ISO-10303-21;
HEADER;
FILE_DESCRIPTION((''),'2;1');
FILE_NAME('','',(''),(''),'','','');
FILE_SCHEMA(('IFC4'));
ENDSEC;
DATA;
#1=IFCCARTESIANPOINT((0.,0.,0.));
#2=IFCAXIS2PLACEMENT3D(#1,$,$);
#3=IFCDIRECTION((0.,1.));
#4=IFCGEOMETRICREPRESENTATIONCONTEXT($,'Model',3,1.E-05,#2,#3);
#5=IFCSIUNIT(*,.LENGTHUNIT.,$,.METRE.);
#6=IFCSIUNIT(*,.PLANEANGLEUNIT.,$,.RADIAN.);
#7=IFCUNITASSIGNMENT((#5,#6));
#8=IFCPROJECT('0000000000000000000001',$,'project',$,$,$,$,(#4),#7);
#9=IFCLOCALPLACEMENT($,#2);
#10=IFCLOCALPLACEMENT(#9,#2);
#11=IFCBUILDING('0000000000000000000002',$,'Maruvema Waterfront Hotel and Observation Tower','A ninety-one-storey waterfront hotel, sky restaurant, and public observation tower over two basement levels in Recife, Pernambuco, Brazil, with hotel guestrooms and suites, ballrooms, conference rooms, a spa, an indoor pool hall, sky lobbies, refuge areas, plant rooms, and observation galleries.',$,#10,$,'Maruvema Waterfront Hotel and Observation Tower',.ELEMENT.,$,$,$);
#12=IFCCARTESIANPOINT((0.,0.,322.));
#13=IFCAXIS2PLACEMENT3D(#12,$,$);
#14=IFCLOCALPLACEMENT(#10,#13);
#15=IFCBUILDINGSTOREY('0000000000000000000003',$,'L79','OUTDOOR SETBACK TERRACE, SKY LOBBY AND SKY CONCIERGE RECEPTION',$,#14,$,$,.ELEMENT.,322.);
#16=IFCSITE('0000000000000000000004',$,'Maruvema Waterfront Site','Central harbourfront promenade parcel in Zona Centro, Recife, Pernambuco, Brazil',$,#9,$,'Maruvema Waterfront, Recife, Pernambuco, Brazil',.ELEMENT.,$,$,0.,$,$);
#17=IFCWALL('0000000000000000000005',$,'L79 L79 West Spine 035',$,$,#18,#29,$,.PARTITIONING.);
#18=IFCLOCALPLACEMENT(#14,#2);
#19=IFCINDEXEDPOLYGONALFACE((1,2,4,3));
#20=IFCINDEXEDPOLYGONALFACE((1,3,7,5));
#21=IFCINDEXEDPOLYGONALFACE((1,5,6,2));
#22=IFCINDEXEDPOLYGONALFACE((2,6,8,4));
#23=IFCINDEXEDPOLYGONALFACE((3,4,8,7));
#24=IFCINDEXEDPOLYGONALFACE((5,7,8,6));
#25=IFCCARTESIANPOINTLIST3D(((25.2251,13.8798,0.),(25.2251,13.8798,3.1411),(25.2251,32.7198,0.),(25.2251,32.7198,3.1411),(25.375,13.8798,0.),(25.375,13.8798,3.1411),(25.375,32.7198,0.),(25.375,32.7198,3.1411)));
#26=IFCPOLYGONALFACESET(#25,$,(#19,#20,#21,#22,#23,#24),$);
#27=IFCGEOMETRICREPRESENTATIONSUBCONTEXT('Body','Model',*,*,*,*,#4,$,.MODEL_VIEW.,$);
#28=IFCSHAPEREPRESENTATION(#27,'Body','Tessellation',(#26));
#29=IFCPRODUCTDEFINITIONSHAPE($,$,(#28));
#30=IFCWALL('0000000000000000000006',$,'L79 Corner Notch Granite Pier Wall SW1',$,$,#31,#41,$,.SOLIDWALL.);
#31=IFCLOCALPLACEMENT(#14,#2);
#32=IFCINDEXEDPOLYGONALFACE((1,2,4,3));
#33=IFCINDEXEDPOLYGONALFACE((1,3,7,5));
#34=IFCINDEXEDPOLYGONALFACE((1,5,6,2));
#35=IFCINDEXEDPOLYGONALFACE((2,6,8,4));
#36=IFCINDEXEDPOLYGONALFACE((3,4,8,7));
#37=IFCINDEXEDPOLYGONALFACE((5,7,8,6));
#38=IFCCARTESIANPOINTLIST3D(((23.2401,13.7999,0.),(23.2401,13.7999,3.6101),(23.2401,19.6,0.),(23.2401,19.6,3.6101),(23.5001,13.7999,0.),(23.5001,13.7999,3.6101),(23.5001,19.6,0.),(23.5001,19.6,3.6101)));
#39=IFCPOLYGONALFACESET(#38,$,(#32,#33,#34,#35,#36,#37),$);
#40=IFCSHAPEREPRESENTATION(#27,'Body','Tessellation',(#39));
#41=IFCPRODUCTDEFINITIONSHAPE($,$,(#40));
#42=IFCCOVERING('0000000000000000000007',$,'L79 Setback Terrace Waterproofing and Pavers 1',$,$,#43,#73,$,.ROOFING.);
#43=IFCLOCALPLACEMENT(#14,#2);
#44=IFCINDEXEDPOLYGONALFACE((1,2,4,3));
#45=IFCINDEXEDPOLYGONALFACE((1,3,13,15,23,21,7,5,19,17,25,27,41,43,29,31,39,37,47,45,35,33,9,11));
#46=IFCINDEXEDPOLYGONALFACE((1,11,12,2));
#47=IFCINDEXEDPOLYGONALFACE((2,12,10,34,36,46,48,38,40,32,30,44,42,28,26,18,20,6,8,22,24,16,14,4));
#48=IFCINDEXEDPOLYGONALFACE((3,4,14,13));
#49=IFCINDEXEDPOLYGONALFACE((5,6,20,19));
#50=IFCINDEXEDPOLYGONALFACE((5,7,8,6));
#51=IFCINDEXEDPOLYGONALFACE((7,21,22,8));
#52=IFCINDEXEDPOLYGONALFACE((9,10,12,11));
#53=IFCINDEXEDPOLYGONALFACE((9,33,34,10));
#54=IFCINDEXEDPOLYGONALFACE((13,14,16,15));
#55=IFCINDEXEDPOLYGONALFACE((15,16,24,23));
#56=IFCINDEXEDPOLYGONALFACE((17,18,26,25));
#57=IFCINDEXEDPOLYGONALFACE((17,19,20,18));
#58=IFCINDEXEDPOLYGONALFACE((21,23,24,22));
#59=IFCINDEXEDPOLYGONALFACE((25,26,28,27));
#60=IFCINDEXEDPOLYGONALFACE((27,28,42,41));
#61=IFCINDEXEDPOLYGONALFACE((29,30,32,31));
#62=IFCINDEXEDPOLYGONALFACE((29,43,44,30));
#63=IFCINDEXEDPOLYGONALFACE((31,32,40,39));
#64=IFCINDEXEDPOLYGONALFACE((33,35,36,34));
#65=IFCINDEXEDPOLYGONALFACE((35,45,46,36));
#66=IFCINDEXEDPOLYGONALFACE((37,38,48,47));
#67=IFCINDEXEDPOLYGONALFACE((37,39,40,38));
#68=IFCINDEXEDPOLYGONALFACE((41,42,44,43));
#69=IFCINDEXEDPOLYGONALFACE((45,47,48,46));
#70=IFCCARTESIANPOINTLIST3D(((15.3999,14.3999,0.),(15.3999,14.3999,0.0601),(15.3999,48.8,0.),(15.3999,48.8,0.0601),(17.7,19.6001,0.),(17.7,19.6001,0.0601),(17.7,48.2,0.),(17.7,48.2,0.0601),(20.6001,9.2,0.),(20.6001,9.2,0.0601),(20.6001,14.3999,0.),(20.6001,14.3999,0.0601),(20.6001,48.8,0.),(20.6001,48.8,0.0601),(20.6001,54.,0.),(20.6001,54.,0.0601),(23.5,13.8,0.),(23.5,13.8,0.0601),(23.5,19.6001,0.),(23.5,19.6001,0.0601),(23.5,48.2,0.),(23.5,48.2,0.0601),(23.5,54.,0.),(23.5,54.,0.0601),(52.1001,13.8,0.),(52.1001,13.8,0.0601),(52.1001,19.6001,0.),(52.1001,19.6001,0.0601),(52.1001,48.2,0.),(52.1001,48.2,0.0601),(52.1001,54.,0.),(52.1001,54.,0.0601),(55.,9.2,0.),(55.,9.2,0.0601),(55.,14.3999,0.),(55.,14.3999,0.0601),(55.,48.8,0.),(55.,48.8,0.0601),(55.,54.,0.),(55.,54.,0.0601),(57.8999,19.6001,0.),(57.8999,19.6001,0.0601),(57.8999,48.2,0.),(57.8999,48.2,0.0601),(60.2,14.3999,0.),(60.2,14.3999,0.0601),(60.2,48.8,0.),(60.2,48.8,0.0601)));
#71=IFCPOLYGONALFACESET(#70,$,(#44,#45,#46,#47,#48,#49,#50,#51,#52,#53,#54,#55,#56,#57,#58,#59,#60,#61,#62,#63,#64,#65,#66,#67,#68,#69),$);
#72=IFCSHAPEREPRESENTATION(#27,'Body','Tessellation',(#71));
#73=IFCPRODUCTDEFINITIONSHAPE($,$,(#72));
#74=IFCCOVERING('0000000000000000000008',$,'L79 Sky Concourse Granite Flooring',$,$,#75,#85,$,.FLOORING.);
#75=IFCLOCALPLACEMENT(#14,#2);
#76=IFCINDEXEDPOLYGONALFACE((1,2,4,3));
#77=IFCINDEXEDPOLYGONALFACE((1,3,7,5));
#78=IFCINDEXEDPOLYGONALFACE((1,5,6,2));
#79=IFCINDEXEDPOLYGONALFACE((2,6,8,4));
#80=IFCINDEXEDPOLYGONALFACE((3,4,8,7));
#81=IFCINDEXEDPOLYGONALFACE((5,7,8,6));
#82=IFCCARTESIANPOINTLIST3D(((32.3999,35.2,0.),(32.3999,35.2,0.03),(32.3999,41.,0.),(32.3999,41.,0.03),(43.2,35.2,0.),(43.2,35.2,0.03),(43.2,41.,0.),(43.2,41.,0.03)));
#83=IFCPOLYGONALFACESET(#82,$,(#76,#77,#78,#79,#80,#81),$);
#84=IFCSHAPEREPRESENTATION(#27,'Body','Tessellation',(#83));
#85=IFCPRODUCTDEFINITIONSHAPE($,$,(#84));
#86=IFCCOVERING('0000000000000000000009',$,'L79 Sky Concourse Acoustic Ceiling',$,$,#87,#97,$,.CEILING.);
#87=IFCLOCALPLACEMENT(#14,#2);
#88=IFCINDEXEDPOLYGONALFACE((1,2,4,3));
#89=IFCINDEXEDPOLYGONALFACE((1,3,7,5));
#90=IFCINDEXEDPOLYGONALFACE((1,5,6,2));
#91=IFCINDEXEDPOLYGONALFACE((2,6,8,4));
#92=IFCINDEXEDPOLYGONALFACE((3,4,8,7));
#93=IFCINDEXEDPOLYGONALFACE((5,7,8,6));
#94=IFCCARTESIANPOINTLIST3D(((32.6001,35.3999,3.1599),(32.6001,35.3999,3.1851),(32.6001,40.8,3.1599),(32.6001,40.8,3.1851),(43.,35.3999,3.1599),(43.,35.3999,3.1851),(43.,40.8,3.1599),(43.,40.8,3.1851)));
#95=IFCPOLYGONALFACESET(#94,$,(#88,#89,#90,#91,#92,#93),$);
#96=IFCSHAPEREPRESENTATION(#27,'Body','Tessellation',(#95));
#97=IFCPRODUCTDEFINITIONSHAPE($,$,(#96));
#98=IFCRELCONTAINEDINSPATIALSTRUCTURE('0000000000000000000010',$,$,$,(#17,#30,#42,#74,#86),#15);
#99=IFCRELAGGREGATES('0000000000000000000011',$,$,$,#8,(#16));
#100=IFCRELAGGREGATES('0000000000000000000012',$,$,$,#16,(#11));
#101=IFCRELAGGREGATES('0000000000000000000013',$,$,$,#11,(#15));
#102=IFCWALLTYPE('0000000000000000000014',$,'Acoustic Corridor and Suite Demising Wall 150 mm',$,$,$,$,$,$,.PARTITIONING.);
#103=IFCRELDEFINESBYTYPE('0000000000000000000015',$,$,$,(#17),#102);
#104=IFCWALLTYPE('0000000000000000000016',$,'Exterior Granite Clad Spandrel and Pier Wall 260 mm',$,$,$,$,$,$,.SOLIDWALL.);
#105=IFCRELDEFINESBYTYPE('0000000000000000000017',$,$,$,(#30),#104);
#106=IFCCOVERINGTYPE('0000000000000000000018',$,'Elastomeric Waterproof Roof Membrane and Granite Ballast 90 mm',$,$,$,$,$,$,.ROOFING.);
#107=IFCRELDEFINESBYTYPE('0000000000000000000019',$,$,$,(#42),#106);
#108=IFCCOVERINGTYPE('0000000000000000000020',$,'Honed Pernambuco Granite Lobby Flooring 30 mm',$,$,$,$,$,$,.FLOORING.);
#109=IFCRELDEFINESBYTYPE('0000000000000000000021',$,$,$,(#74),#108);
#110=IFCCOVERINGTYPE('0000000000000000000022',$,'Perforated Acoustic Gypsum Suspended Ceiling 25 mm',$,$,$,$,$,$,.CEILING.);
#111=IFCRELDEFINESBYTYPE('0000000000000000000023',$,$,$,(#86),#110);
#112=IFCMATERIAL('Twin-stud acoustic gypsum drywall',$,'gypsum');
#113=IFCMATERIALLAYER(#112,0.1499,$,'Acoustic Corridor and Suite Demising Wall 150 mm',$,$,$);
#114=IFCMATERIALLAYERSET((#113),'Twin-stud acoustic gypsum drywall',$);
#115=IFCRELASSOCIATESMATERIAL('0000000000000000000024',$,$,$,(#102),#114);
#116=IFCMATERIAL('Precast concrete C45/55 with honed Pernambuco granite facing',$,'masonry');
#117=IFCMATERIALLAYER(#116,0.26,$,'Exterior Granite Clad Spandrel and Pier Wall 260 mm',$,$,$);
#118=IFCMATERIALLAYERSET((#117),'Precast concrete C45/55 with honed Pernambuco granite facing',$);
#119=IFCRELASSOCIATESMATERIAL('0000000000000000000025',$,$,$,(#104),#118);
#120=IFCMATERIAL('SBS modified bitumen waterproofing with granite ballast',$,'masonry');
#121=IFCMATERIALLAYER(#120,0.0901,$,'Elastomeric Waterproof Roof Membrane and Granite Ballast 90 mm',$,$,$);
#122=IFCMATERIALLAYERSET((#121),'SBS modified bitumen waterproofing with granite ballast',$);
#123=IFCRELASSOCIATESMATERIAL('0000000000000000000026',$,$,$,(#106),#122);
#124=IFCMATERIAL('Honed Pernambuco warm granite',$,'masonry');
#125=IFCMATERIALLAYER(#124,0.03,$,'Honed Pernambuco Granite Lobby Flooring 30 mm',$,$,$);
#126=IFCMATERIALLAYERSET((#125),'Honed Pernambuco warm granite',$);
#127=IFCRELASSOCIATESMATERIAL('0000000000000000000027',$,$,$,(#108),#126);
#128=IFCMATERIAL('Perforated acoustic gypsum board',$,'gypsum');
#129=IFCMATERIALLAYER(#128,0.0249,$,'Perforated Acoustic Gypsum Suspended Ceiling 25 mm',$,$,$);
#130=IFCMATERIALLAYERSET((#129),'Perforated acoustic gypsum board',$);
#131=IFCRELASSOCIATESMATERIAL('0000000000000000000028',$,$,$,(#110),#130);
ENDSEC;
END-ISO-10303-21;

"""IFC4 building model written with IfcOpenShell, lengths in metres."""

from ifc_helpers import new_model, si_unit, direction, frame, frame_2d, origin, place, context, subcontext, project, spatial, polyline, rectangle, outline, extrude, material, layer, layer_set, type_object, element, save


model = new_model("IFC4")

# Units and contexts
model_context = context("Model", 3, precision=1e-05, world=origin(), true_north=direction((0.0, 1.0)))
body_context = subcontext(model_context, "Body", "Model", "MODEL_VIEW")
ifc_project = project(units=[si_unit("LENGTHUNIT", "METRE"), si_unit("PLANEANGLEUNIT", "RADIAN")], contexts=[model_context])

# Site, building, storey
site_placement = place(None, origin())
site = spatial("IfcSite", under=ifc_project, at=site_placement, Name="Maruvema Waterfront Site", Description="Central harbourfront promenade parcel in Zona Centro, Recife, Pernambuco, Brazil", LongName="Maruvema Waterfront, Recife, Pernambuco, Brazil", CompositionType="ELEMENT", RefElevation=0.0)
building_placement = place(site_placement, origin())
building = spatial("IfcBuilding", under=site, at=building_placement, Name="Maruvema Waterfront Hotel and Observation Tower", Description="A ninety-one-storey waterfront hotel, sky restaurant, and public observation tower over two basement levels in Recife, Pernambuco, Brazil, with hotel guestrooms and suites, ballrooms, conference rooms, a spa, an indoor pool hall, sky lobbies, refuge areas, plant rooms, and observation galleries.", LongName="Maruvema Waterfront Hotel and Observation Tower", CompositionType="ELEMENT")
storey_placement = place(building_placement, frame((0.0, 0.0, 322.0)))
storey = spatial("IfcBuildingStorey", under=building, at=storey_placement, Name="L79", Description="OUTDOOR SETBACK TERRACE, SKY LOBBY AND SKY CONCIERGE RECEPTION", CompositionType="ELEMENT", Elevation=322.0)

# Walls
ifc_material_1 = material(Name="Twin-stud acoustic gypsum drywall", Category="gypsum")
ifc_layer_1 = layer(ifc_material_1, 0.1499, Name="Acoustic Corridor and Suite Demising Wall 150 mm")
ifc_layer_set_1 = layer_set([ifc_layer_1], Name="Twin-stud acoustic gypsum drywall")
wall_type_1 = type_object("IfcWallType", Name="Acoustic Corridor and Suite Demising Wall 150 mm", PredefinedType="PARTITIONING", material=ifc_layer_set_1)
wall_1_placement = place(storey_placement, frame((25.3, 13.8799, 0.0), z_axis=(0.0, 0.0, 1.0), x_axis=(0.0, 1.0, 0.0)))
element("IfcWall", 1, at=wall_1_placement, inside=storey, type_object=wall_type_1, Name="L79 L79 West Spine 035", PredefinedType="PARTITIONING", context=body_context, shape_type="SweptSolid", body=[
    extrude(rectangle(XDim=18.8401, YDim=0.1499, at=frame_2d((9.4199, 0.0))), origin(), (0.0, 0.0, 1.0), 3.1411),
])
ifc_material_2 = material(Name="Precast concrete C45/55 with honed Pernambuco granite facing", Category="masonry")
ifc_layer_2 = layer(ifc_material_2, 0.26, Name="Exterior Granite Clad Spandrel and Pier Wall 260 mm")
ifc_layer_set_2 = layer_set([ifc_layer_2], Name="Precast concrete C45/55 with honed Pernambuco granite facing")
wall_type_2 = type_object("IfcWallType", Name="Exterior Granite Clad Spandrel and Pier Wall 260 mm", PredefinedType="SOLIDWALL", material=ifc_layer_set_2)
wall_2_placement = place(storey_placement, frame((23.3701, 13.8, 0.0), z_axis=(0.0, 0.0, 1.0), x_axis=(0.0, 1.0, 0.0)))
element("IfcWall", 2, at=wall_2_placement, inside=storey, type_object=wall_type_2, Name="L79 Corner Notch Granite Pier Wall SW1", PredefinedType="SOLIDWALL", context=body_context, shape_type="SweptSolid", body=[
    extrude(rectangle(XDim=5.8, YDim=0.26, at=frame_2d((2.8999, 0.0))), origin(), (0.0, 0.0, 1.0), 3.6101),
])

# Coverings
ifc_material_3 = material(Name="SBS modified bitumen waterproofing with granite ballast", Category="masonry")
ifc_layer_3 = layer(ifc_material_3, 0.0901, Name="Elastomeric Waterproof Roof Membrane and Granite Ballast 90 mm")
ifc_layer_set_3 = layer_set([ifc_layer_3], Name="SBS modified bitumen waterproofing with granite ballast")
covering_type_1 = type_object("IfcCoveringType", Name="Elastomeric Waterproof Roof Membrane and Granite Ballast 90 mm", PredefinedType="ROOFING", material=ifc_layer_set_3)
covering_1_placement = place(storey_placement, origin())
element("IfcCovering", 3, at=covering_1_placement, inside=storey, type_object=covering_type_1, Name="L79 Setback Terrace Waterproofing and Pavers 1", PredefinedType="ROOFING", context=body_context, shape_type="SweptSolid", body=[
    extrude(outline(polyline([(55.0, 54.0), (55.0, 48.8), (60.2, 48.8), (60.2, 14.3999), (55.0, 14.3999), (55.0, 9.2), (20.6001, 9.2), (20.6001, 14.3999), (15.3999, 14.3999), (15.3999, 48.8), (20.6001, 48.8), (20.6001, 54.0), (23.5, 54.0), (23.5, 48.2), (17.7, 48.2), (17.7, 19.6001), (23.5, 19.6001), (23.5, 13.8), (52.1001, 13.8), (52.1001, 19.6001), (57.8999, 19.6001), (57.8999, 48.2), (52.1001, 48.2), (52.1001, 54.0), (55.0, 54.0)])), origin(), (0.0, 0.0, 1.0), 0.0601),
])
ifc_material_4 = material(Name="Honed Pernambuco warm granite", Category="masonry")
ifc_layer_4 = layer(ifc_material_4, 0.03, Name="Honed Pernambuco Granite Lobby Flooring 30 mm")
ifc_layer_set_4 = layer_set([ifc_layer_4], Name="Honed Pernambuco warm granite")
covering_type_2 = type_object("IfcCoveringType", Name="Honed Pernambuco Granite Lobby Flooring 30 mm", PredefinedType="FLOORING", material=ifc_layer_set_4)
covering_2_placement = place(storey_placement, origin())
element("IfcCovering", 4, at=covering_2_placement, inside=storey, type_object=covering_type_2, Name="L79 Sky Concourse Granite Flooring", PredefinedType="FLOORING", context=body_context, shape_type="SweptSolid", body=[
    extrude(outline(polyline([(32.3999, 35.2), (43.2, 35.2), (43.2, 41.0), (32.3999, 41.0), (32.3999, 35.2)])), origin(), (0.0, 0.0, 1.0), 0.03),
])
ifc_material_5 = material(Name="Perforated acoustic gypsum board", Category="gypsum")
ifc_layer_5 = layer(ifc_material_5, 0.0249, Name="Perforated Acoustic Gypsum Suspended Ceiling 25 mm")
ifc_layer_set_5 = layer_set([ifc_layer_5], Name="Perforated acoustic gypsum board")
covering_type_3 = type_object("IfcCoveringType", Name="Perforated Acoustic Gypsum Suspended Ceiling 25 mm", PredefinedType="CEILING", material=ifc_layer_set_5)
covering_3_placement = place(storey_placement, frame((0.0, 0.0, 3.1599)))
element("IfcCovering", 5, at=covering_3_placement, inside=storey, type_object=covering_type_3, Name="L79 Sky Concourse Acoustic Ceiling", PredefinedType="CEILING", context=body_context, shape_type="SweptSolid", body=[
    extrude(outline(polyline([(32.6001, 35.3999), (43.0, 35.3999), (43.0, 40.8), (32.6001, 40.8), (32.6001, 35.3999)])), origin(), (0.0, 0.0, 1.0), 0.0251),
])

save(model, "model.ifc")
